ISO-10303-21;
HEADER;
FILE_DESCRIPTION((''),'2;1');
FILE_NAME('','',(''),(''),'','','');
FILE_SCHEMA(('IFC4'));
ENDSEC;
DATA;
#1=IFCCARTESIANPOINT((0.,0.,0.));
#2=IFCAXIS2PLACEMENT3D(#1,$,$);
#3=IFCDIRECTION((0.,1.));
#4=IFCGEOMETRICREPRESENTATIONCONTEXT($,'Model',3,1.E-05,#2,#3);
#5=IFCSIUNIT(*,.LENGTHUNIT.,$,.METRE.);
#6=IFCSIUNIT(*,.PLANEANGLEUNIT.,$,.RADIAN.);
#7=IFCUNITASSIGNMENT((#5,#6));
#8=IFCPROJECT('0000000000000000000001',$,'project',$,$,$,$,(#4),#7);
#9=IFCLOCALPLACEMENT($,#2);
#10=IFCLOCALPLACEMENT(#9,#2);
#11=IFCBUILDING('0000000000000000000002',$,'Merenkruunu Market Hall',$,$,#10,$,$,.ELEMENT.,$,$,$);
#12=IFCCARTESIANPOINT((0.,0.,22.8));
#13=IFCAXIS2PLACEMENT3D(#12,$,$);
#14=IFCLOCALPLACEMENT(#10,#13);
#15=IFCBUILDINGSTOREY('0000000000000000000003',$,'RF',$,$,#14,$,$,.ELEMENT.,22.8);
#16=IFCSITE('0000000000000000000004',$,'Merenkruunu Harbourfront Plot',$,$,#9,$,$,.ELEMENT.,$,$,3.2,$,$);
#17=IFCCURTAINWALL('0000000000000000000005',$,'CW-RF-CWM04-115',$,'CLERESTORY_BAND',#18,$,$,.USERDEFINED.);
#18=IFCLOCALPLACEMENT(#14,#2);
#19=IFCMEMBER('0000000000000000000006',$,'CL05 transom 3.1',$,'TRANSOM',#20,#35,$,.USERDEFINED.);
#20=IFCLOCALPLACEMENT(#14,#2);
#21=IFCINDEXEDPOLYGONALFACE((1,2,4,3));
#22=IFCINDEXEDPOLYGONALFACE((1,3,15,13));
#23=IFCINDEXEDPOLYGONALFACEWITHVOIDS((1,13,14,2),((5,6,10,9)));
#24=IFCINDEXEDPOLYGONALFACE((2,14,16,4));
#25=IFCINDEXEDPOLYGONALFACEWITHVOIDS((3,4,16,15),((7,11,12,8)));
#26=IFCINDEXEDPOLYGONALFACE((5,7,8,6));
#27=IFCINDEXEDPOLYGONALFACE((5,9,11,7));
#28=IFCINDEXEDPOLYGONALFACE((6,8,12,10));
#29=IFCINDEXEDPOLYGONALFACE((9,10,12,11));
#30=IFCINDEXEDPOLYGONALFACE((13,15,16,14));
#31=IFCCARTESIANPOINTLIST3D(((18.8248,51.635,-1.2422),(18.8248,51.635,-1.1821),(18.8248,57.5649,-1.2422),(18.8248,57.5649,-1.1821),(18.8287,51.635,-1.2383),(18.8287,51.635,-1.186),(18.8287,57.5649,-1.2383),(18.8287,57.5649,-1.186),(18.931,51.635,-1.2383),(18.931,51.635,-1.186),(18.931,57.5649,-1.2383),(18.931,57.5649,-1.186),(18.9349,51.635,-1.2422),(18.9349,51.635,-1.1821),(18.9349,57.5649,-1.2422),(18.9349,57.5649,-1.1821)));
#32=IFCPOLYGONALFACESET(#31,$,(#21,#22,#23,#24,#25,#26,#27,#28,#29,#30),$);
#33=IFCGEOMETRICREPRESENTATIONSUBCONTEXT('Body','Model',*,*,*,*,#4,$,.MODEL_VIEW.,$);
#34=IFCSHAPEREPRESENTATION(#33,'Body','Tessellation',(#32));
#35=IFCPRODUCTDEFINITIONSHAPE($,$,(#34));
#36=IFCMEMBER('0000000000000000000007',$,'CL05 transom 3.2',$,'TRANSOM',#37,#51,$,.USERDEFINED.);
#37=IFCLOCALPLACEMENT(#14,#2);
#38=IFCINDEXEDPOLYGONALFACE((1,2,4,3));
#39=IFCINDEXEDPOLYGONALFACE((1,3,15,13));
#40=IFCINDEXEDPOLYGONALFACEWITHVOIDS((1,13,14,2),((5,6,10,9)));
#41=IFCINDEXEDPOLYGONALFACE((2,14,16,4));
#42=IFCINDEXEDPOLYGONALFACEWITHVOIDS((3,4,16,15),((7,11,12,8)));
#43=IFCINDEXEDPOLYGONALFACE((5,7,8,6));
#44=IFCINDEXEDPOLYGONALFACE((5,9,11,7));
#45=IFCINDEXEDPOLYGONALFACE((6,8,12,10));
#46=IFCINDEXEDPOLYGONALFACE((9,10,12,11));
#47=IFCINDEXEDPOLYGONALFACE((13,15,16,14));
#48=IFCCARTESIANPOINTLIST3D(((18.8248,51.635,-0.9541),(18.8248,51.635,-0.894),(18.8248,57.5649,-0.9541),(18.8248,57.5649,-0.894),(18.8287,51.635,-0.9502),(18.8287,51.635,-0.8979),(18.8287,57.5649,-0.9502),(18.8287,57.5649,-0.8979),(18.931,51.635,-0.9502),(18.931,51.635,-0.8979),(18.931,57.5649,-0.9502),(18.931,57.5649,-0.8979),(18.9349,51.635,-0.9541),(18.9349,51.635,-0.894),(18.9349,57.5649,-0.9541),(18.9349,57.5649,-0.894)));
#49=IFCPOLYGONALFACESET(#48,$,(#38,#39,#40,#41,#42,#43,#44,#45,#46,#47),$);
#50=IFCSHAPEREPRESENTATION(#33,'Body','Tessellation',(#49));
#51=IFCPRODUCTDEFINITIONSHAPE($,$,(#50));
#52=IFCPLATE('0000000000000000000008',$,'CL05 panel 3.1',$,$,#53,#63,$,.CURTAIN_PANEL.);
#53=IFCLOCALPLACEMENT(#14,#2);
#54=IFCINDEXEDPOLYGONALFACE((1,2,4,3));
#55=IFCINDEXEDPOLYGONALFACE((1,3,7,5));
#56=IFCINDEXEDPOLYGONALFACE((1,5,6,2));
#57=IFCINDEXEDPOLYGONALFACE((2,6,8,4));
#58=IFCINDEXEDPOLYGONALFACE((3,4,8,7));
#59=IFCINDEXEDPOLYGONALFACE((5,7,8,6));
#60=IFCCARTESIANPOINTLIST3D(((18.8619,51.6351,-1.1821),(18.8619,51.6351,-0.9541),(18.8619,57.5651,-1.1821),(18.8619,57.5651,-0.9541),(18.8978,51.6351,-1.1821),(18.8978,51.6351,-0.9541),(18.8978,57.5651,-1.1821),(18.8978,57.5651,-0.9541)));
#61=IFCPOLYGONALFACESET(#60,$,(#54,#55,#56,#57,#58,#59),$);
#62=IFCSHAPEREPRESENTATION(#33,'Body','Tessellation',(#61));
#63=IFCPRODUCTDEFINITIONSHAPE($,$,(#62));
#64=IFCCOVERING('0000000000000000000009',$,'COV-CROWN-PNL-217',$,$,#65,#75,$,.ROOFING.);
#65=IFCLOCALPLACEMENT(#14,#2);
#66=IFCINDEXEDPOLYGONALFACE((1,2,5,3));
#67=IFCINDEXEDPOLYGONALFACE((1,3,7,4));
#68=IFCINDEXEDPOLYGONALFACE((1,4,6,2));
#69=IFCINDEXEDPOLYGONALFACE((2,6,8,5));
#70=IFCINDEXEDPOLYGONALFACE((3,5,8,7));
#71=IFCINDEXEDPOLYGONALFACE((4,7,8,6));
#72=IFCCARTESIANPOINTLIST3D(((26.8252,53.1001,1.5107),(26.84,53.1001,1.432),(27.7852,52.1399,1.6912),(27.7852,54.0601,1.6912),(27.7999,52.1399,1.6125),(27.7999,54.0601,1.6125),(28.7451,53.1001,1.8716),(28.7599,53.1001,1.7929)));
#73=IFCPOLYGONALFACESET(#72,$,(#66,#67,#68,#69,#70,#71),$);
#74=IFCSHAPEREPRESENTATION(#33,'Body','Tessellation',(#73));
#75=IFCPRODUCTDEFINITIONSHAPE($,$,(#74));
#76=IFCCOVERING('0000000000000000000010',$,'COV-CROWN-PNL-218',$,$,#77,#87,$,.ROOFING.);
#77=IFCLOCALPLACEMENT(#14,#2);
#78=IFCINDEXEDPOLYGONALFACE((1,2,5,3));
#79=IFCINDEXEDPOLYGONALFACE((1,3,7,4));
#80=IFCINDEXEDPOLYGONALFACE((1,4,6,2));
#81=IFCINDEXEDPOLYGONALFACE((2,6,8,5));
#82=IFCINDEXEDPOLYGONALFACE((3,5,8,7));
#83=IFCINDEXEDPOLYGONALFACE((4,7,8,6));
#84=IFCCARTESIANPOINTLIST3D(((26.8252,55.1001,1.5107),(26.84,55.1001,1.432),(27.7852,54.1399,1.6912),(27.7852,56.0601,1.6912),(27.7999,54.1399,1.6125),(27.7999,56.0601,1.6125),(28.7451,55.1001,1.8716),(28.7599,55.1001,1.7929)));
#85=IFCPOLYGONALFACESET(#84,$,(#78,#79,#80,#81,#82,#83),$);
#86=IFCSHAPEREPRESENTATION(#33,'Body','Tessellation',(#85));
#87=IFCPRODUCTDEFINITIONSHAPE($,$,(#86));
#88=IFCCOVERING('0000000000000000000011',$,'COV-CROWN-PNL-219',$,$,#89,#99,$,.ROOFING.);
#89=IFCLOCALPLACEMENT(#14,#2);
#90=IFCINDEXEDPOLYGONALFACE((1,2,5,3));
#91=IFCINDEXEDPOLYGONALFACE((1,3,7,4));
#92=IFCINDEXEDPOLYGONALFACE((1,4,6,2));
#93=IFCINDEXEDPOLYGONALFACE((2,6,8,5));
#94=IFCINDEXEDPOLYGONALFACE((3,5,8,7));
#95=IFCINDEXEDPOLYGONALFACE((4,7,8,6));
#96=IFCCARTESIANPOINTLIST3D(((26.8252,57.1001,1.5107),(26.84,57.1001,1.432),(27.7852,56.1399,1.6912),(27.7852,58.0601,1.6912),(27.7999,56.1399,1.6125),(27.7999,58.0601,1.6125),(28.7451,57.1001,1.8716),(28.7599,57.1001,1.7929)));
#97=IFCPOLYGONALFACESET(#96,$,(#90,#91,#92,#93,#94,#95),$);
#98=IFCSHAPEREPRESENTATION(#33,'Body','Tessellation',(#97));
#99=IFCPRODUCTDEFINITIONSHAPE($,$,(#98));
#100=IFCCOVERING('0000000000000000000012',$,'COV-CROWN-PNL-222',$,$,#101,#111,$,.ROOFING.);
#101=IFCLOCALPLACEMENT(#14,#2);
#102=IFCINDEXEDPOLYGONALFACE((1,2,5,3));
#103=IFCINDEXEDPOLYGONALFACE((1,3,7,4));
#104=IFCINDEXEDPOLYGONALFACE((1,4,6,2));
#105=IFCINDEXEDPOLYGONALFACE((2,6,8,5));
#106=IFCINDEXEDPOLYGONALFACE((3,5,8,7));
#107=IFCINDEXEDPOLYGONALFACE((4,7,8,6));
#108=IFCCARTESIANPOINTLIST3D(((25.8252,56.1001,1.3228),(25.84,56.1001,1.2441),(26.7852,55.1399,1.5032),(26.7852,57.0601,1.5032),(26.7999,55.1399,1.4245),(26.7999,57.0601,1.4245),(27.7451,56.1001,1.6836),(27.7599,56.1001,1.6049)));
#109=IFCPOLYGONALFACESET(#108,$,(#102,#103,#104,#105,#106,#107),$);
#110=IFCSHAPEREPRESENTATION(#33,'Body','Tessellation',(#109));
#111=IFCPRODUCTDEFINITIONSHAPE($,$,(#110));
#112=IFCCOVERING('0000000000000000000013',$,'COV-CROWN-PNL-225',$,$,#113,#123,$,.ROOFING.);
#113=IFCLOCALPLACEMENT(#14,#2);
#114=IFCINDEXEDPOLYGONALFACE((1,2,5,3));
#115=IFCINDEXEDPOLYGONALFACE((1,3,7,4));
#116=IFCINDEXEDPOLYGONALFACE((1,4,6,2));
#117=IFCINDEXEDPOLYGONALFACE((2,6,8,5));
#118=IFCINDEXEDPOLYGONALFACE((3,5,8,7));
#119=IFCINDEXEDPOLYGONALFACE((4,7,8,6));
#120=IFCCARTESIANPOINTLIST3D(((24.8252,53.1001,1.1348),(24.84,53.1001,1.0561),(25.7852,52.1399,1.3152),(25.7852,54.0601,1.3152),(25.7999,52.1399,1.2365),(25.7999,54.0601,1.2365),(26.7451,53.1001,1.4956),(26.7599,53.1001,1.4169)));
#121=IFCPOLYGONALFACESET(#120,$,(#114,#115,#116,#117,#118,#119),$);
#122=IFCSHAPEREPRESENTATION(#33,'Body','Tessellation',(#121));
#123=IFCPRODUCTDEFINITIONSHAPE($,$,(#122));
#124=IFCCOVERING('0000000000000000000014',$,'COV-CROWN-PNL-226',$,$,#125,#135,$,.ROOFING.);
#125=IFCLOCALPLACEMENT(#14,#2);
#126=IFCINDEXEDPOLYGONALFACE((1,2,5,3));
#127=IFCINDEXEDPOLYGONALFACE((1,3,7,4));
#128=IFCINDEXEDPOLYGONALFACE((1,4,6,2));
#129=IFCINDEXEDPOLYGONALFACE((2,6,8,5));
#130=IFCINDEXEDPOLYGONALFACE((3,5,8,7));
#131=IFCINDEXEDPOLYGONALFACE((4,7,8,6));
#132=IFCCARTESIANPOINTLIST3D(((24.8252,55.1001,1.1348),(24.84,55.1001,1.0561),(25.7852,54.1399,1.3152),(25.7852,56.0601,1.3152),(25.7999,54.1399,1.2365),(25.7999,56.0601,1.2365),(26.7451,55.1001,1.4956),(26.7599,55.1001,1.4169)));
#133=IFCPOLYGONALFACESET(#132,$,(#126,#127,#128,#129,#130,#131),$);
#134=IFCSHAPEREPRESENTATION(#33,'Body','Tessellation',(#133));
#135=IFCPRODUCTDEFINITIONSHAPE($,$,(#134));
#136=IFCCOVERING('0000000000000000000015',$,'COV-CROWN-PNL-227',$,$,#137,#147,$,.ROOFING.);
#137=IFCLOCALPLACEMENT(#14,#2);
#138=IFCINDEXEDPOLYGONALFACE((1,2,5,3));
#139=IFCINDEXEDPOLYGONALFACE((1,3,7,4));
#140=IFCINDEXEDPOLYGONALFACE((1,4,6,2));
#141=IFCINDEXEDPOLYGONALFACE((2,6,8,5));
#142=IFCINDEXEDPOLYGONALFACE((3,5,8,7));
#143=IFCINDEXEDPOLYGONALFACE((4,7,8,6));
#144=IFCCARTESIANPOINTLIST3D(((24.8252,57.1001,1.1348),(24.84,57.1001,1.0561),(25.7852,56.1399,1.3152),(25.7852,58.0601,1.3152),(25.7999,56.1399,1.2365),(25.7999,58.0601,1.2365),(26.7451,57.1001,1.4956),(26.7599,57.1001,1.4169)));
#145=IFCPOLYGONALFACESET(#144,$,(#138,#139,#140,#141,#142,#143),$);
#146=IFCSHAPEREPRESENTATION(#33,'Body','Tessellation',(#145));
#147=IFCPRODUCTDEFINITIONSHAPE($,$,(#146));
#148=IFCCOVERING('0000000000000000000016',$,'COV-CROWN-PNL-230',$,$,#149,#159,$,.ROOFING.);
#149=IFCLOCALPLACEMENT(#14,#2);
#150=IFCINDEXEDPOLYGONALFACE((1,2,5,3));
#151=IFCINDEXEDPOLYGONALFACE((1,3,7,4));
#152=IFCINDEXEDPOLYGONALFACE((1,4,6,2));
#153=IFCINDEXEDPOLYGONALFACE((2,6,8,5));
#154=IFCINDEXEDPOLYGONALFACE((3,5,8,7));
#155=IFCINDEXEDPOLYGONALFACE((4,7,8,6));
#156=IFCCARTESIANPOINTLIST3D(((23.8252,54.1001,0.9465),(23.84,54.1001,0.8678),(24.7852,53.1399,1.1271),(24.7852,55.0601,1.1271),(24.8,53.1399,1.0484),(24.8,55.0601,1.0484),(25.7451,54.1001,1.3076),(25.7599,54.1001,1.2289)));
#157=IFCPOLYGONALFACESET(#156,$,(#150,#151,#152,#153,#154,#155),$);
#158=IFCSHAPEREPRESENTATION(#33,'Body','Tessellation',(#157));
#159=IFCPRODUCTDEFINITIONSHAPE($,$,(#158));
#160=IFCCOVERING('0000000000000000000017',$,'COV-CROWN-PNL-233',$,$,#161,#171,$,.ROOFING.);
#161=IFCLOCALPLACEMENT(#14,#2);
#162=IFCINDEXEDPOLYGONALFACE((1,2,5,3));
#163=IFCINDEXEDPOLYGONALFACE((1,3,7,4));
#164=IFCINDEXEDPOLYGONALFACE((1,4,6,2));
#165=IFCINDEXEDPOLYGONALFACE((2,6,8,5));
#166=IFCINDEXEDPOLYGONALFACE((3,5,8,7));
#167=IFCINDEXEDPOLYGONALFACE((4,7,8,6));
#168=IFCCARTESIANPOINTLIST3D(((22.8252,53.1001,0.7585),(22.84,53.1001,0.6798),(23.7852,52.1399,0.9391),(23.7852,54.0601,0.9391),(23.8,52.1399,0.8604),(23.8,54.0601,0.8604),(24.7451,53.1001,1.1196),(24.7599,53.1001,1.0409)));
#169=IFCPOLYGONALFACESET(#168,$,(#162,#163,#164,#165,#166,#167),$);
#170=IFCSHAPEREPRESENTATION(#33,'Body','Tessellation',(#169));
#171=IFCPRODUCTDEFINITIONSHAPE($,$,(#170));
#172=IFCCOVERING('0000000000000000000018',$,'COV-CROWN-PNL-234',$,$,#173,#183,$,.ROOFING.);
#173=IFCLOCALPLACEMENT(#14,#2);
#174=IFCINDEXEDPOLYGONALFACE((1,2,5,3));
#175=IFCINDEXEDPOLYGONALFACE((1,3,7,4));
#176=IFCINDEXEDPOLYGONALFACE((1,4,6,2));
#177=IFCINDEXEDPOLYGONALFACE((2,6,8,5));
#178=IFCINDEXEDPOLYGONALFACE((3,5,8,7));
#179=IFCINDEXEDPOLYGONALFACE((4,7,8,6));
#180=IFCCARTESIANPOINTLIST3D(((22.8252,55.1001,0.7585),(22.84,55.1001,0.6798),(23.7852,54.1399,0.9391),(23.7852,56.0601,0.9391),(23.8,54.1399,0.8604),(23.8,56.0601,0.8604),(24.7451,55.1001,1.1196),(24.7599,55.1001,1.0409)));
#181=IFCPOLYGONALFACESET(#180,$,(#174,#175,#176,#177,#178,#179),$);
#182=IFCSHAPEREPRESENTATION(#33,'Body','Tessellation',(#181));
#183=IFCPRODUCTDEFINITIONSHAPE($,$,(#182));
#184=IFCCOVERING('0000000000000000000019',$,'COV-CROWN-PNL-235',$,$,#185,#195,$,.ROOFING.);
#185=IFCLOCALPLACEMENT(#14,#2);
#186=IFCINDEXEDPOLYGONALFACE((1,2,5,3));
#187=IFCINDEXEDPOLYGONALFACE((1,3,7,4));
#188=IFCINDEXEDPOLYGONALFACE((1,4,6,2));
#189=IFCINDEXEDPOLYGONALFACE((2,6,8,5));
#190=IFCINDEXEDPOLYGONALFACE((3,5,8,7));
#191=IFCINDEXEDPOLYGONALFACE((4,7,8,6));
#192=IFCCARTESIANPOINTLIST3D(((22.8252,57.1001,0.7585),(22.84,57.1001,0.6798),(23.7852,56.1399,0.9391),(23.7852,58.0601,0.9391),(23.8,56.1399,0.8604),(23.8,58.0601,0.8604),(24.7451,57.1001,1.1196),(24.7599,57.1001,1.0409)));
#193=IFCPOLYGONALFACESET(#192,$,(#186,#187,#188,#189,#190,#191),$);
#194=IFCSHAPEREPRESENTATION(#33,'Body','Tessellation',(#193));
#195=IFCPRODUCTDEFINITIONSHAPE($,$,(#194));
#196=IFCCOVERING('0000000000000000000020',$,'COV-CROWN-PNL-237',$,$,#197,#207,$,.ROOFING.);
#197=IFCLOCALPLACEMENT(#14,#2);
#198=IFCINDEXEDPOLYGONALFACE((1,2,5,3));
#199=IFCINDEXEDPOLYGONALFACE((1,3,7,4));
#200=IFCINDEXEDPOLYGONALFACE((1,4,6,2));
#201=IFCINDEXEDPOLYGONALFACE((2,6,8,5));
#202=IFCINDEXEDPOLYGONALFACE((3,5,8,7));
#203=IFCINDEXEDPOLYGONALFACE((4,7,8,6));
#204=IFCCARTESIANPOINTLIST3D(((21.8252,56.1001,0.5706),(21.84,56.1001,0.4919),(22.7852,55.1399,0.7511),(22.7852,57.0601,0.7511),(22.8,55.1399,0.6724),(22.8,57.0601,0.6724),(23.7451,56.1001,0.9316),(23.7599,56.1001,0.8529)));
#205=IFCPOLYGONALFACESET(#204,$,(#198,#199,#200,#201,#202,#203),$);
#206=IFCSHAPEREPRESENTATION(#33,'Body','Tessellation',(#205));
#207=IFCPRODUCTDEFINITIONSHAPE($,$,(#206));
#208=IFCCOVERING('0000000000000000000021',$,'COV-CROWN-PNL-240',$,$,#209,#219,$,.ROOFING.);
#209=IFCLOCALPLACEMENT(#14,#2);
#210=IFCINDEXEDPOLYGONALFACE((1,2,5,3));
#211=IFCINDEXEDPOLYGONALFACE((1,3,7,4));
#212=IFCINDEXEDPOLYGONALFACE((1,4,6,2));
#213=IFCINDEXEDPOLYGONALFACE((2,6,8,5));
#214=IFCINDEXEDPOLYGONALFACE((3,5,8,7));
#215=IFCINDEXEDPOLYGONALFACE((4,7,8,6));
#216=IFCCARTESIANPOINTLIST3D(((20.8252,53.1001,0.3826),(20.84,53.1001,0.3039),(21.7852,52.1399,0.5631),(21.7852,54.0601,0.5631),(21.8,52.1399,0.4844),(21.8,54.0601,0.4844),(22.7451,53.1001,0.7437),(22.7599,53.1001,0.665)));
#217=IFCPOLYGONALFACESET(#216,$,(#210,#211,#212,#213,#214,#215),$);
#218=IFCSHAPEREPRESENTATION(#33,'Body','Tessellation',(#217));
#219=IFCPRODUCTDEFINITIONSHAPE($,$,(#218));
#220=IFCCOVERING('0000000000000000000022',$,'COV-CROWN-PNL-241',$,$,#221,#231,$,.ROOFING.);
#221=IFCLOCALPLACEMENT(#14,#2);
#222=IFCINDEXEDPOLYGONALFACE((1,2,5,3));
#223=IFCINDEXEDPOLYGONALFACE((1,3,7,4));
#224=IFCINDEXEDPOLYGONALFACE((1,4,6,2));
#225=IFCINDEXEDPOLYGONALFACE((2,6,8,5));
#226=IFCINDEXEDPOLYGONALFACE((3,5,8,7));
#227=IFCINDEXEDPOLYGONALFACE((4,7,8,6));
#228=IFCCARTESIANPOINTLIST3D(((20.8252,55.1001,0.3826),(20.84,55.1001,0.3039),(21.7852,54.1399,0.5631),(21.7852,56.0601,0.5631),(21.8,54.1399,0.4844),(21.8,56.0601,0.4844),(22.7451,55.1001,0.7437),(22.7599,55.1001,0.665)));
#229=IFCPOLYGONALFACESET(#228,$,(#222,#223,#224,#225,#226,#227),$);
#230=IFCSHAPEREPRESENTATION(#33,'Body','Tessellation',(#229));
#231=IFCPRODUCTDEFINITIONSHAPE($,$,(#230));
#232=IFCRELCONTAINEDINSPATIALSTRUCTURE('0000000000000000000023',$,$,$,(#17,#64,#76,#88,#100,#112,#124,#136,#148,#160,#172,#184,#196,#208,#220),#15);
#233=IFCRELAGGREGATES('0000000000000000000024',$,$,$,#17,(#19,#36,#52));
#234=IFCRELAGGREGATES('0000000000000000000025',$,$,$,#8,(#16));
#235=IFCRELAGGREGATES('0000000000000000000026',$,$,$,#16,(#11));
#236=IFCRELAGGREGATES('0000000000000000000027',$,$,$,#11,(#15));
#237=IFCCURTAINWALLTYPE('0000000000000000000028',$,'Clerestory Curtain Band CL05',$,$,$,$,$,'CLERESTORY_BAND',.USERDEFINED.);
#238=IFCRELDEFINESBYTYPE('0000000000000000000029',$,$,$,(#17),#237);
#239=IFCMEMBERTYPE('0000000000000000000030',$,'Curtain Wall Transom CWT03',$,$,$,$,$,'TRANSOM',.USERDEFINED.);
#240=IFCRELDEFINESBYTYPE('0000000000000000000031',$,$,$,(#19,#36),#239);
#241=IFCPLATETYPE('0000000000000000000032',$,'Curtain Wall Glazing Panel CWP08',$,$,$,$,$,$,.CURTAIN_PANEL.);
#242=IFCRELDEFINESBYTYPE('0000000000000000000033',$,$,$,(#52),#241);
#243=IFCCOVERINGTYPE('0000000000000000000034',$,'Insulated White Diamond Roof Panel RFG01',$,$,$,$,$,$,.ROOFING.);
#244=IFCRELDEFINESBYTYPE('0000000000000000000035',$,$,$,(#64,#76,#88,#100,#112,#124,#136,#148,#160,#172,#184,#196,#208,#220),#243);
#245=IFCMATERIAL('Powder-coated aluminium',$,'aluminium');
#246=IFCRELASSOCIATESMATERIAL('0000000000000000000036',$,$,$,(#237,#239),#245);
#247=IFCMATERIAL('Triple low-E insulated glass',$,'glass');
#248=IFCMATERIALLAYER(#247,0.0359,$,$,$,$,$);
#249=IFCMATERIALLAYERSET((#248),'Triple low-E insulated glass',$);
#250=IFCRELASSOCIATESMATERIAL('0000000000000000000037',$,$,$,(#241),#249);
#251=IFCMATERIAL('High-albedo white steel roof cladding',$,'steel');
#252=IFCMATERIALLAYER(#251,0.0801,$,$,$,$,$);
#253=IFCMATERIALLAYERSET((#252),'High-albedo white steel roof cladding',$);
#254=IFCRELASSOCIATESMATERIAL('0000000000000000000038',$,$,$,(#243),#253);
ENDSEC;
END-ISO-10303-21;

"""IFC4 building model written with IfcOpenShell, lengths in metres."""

from ifc_helpers import new_model, si_unit, direction, frame, origin, origin_2d, place, context, subcontext, project, spatial, polyline, rectangle, hollow_rectangle, outline, extrude, material, layer, layer_set, material_profile, profile_set, type_object, element, aggregate, save


model = new_model("IFC4")

# Units and contexts
model_context = context("Model", 3, precision=1e-05, world=origin(), true_north=direction((0.0, 1.0)))
body_context = subcontext(model_context, "Body", "Model", "MODEL_VIEW")
ifc_project = project(units=[si_unit("LENGTHUNIT", "METRE"), si_unit("PLANEANGLEUNIT", "RADIAN")], contexts=[model_context])

# Site, building, storey
site_placement = place(None, origin())
site = spatial("IfcSite", under=ifc_project, at=site_placement, Name="Merenkruunu Harbourfront Plot", CompositionType="ELEMENT", RefElevation=3.2)
building_placement = place(site_placement, origin())
building = spatial("IfcBuilding", under=site, at=building_placement, Name="Merenkruunu Market Hall", CompositionType="ELEMENT")
storey_placement = place(building_placement, frame((0.0, 0.0, 22.8)))
storey = spatial("IfcBuildingStorey", under=building, at=storey_placement, Name="RF", CompositionType="ELEMENT", Elevation=22.8)

# Curtain wall, members, plate
ifc_material_1 = material(Name="Powder-coated aluminium", Category="aluminium")
curtain_wall_type = type_object("IfcCurtainWallType", Name="Clerestory Curtain Band CL05", ElementType="CLERESTORY_BAND", PredefinedType="USERDEFINED", material=ifc_material_1)
curtain_wall_placement = place(storey_placement, origin())
curtain_wall = element("IfcCurtainWall", 1, at=curtain_wall_placement, inside=storey, type_object=curtain_wall_type, Name="CW-RF-CWM04-115", ObjectType="CLERESTORY_BAND", PredefinedType="USERDEFINED")
ifc_material_profile = material_profile(ifc_material_1, hollow_rectangle(XDim=0.0601, YDim=0.1101, WallThickness=0.0039, at=origin_2d()), Name="ALU 60x110x4")
ifc_profile_set = profile_set([ifc_material_profile], Name="Powder-coated aluminium")
member_type = type_object("IfcMemberType", Name="Curtain Wall Transom CWT03", ElementType="TRANSOM", PredefinedType="USERDEFINED", material=ifc_profile_set)
member_1_placement = place(storey_placement, frame((18.8799, 51.635, -1.2122), z_axis=(0.0, 1.0, 0.0), x_axis=(0.0, 0.0, 1.0)))
member_1 = element("IfcMember", 2, at=member_1_placement, type_object=member_type, Name="CL05 transom 3.1", ObjectType="TRANSOM", PredefinedType="USERDEFINED", context=body_context, shape_type="SweptSolid", body=[
    extrude(hollow_rectangle(XDim=0.0601, YDim=0.1101, WallThickness=0.0039, at=origin_2d()), origin(), (0.0, 0.0, 1.0), 5.9299),
])
member_2_placement = place(storey_placement, frame((18.8799, 51.635, -0.9241), z_axis=(0.0, 1.0, 0.0), x_axis=(0.0, 0.0, 1.0)))
member_2 = element("IfcMember", 3, at=member_2_placement, type_object=member_type, Name="CL05 transom 3.2", ObjectType="TRANSOM", PredefinedType="USERDEFINED", context=body_context, shape_type="SweptSolid", body=[
    extrude(hollow_rectangle(XDim=0.0601, YDim=0.1101, WallThickness=0.0039, at=origin_2d()), origin(), (0.0, 0.0, 1.0), 5.9299),
])
ifc_material_2 = material(Name="Triple low-E insulated glass", Category="glass")
ifc_layer_1 = layer(ifc_material_2, 0.0359)
ifc_layer_set_1 = layer_set([ifc_layer_1], Name="Triple low-E insulated glass")
plate_type = type_object("IfcPlateType", Name="Curtain Wall Glazing Panel CWP08", PredefinedType="CURTAIN_PANEL", material=ifc_layer_set_1)
plate_placement = place(storey_placement, frame((18.8799, 54.6001, -1.1821), z_axis=(0.0, 0.0, 1.0), x_axis=(0.0, 1.0, 0.0)))
plate = element("IfcPlate", 4, at=plate_placement, type_object=plate_type, Name="CL05 panel 3.1", PredefinedType="CURTAIN_PANEL", context=body_context, shape_type="SweptSolid", body=[
    extrude(rectangle(XDim=5.9299, YDim=0.0359, at=origin_2d()), origin(), (0.0, 0.0, 1.0), 0.228),
])
aggregate(curtain_wall, [member_1, member_2, plate])

# Coverings
ifc_material_3 = material(Name="High-albedo white steel roof cladding", Category="steel")
ifc_layer_2 = layer(ifc_material_3, 0.0801)
ifc_layer_set_2 = layer_set([ifc_layer_2], Name="High-albedo white steel roof cladding")
covering_type_1 = type_object("IfcCoveringType", Name="Insulated White Diamond Roof Panel RFG01", PredefinedType="ROOFING", material=ifc_layer_set_2)
for number, where, z_axis, x_axis, name in (
    (5, (26.8252, 53.1001, 1.5107), (-0.184711, 0.0, 0.982793), (0.700856, -0.701035, 0.131722), "COV-CROWN-PNL-217"),
    (6, (26.8252, 55.1001, 1.5107), (-0.184711, 0.0, 0.982793), (0.700856, -0.701035, 0.131722), "COV-CROWN-PNL-218"),
    (7, (26.8252, 57.1001, 1.5107), (-0.184711, 0.0, 0.982793), (0.700856, -0.701035, 0.131722), "COV-CROWN-PNL-219"),
    (8, (25.8252, 56.1001, 1.3228), (-0.184711, 0.0, 0.982793), (0.700856, -0.701035, 0.131722), "COV-CROWN-PNL-222"),
    (9, (24.8252, 53.1001, 1.1348), (-0.184711, 0.0, 0.982793), (0.700856, -0.701035, 0.131722), "COV-CROWN-PNL-225"),
    (10, (24.8252, 55.1001, 1.1348), (-0.184711, 0.0, 0.982793), (0.700856, -0.701035, 0.131722), "COV-CROWN-PNL-226"),
    (11, (24.8252, 57.1001, 1.1348), (-0.184711, 0.0, 0.982793), (0.700856, -0.701035, 0.131722), "COV-CROWN-PNL-227"),
):
    element("IfcCovering", number, at=place(storey_placement, frame(where, z_axis=z_axis, x_axis=x_axis)), inside=storey, type_object=covering_type_1, Name=name, PredefinedType="ROOFING", context=body_context, shape_type="SweptSolid", body=[
        extrude(outline(polyline([(0.0, 0.0), (1.3697, 0.0), (1.3931, 1.3695), (0.0236, 1.3693), (0.0, 0.0)])), origin(), (0.0, 0.0, -1.0), 0.0801),
    ])
for number, where, z_axis, x_axis, name in (
    (12, (23.8252, 54.1001, 0.9465), (-0.184832, 0.0, 0.98277), (0.700856, -0.701018, 0.131812), "COV-CROWN-PNL-230"),
    (13, (22.8252, 53.1001, 0.7585), (-0.184832, 0.0, 0.98277), (0.700856, -0.701018, 0.131812), "COV-CROWN-PNL-233"),
    (14, (22.8252, 55.1001, 0.7585), (-0.184832, 0.0, 0.98277), (0.700856, -0.701018, 0.131812), "COV-CROWN-PNL-234"),
    (15, (22.8252, 57.1001, 0.7585), (-0.184832, 0.0, 0.98277), (0.700856, -0.701018, 0.131812), "COV-CROWN-PNL-235"),
    (16, (21.8252, 56.1001, 0.5706), (-0.184832, 0.0, 0.98277), (0.700856, -0.701018, 0.131812), "COV-CROWN-PNL-237"),
    (17, (20.8252, 53.1001, 0.3826), (-0.184832, 0.0, 0.98277), (0.700856, -0.701018, 0.131812), "COV-CROWN-PNL-240"),
    (18, (20.8252, 55.1001, 0.3826), (-0.184832, 0.0, 0.98277), (0.700856, -0.701018, 0.131812), "COV-CROWN-PNL-241"),
):
    element("IfcCovering", number, at=place(storey_placement, frame(where, z_axis=z_axis, x_axis=x_axis)), inside=storey, type_object=covering_type_1, Name=name, PredefinedType="ROOFING", context=body_context, shape_type="SweptSolid", body=[
        extrude(outline(polyline([(0.0, 0.0), (1.3697, 0.0), (1.3932, 1.3695), (0.0237, 1.3694), (0.0, 0.0)])), origin(), (0.0, 0.0, -1.0), 0.0801),
    ])

save(model, "model.ifc")
